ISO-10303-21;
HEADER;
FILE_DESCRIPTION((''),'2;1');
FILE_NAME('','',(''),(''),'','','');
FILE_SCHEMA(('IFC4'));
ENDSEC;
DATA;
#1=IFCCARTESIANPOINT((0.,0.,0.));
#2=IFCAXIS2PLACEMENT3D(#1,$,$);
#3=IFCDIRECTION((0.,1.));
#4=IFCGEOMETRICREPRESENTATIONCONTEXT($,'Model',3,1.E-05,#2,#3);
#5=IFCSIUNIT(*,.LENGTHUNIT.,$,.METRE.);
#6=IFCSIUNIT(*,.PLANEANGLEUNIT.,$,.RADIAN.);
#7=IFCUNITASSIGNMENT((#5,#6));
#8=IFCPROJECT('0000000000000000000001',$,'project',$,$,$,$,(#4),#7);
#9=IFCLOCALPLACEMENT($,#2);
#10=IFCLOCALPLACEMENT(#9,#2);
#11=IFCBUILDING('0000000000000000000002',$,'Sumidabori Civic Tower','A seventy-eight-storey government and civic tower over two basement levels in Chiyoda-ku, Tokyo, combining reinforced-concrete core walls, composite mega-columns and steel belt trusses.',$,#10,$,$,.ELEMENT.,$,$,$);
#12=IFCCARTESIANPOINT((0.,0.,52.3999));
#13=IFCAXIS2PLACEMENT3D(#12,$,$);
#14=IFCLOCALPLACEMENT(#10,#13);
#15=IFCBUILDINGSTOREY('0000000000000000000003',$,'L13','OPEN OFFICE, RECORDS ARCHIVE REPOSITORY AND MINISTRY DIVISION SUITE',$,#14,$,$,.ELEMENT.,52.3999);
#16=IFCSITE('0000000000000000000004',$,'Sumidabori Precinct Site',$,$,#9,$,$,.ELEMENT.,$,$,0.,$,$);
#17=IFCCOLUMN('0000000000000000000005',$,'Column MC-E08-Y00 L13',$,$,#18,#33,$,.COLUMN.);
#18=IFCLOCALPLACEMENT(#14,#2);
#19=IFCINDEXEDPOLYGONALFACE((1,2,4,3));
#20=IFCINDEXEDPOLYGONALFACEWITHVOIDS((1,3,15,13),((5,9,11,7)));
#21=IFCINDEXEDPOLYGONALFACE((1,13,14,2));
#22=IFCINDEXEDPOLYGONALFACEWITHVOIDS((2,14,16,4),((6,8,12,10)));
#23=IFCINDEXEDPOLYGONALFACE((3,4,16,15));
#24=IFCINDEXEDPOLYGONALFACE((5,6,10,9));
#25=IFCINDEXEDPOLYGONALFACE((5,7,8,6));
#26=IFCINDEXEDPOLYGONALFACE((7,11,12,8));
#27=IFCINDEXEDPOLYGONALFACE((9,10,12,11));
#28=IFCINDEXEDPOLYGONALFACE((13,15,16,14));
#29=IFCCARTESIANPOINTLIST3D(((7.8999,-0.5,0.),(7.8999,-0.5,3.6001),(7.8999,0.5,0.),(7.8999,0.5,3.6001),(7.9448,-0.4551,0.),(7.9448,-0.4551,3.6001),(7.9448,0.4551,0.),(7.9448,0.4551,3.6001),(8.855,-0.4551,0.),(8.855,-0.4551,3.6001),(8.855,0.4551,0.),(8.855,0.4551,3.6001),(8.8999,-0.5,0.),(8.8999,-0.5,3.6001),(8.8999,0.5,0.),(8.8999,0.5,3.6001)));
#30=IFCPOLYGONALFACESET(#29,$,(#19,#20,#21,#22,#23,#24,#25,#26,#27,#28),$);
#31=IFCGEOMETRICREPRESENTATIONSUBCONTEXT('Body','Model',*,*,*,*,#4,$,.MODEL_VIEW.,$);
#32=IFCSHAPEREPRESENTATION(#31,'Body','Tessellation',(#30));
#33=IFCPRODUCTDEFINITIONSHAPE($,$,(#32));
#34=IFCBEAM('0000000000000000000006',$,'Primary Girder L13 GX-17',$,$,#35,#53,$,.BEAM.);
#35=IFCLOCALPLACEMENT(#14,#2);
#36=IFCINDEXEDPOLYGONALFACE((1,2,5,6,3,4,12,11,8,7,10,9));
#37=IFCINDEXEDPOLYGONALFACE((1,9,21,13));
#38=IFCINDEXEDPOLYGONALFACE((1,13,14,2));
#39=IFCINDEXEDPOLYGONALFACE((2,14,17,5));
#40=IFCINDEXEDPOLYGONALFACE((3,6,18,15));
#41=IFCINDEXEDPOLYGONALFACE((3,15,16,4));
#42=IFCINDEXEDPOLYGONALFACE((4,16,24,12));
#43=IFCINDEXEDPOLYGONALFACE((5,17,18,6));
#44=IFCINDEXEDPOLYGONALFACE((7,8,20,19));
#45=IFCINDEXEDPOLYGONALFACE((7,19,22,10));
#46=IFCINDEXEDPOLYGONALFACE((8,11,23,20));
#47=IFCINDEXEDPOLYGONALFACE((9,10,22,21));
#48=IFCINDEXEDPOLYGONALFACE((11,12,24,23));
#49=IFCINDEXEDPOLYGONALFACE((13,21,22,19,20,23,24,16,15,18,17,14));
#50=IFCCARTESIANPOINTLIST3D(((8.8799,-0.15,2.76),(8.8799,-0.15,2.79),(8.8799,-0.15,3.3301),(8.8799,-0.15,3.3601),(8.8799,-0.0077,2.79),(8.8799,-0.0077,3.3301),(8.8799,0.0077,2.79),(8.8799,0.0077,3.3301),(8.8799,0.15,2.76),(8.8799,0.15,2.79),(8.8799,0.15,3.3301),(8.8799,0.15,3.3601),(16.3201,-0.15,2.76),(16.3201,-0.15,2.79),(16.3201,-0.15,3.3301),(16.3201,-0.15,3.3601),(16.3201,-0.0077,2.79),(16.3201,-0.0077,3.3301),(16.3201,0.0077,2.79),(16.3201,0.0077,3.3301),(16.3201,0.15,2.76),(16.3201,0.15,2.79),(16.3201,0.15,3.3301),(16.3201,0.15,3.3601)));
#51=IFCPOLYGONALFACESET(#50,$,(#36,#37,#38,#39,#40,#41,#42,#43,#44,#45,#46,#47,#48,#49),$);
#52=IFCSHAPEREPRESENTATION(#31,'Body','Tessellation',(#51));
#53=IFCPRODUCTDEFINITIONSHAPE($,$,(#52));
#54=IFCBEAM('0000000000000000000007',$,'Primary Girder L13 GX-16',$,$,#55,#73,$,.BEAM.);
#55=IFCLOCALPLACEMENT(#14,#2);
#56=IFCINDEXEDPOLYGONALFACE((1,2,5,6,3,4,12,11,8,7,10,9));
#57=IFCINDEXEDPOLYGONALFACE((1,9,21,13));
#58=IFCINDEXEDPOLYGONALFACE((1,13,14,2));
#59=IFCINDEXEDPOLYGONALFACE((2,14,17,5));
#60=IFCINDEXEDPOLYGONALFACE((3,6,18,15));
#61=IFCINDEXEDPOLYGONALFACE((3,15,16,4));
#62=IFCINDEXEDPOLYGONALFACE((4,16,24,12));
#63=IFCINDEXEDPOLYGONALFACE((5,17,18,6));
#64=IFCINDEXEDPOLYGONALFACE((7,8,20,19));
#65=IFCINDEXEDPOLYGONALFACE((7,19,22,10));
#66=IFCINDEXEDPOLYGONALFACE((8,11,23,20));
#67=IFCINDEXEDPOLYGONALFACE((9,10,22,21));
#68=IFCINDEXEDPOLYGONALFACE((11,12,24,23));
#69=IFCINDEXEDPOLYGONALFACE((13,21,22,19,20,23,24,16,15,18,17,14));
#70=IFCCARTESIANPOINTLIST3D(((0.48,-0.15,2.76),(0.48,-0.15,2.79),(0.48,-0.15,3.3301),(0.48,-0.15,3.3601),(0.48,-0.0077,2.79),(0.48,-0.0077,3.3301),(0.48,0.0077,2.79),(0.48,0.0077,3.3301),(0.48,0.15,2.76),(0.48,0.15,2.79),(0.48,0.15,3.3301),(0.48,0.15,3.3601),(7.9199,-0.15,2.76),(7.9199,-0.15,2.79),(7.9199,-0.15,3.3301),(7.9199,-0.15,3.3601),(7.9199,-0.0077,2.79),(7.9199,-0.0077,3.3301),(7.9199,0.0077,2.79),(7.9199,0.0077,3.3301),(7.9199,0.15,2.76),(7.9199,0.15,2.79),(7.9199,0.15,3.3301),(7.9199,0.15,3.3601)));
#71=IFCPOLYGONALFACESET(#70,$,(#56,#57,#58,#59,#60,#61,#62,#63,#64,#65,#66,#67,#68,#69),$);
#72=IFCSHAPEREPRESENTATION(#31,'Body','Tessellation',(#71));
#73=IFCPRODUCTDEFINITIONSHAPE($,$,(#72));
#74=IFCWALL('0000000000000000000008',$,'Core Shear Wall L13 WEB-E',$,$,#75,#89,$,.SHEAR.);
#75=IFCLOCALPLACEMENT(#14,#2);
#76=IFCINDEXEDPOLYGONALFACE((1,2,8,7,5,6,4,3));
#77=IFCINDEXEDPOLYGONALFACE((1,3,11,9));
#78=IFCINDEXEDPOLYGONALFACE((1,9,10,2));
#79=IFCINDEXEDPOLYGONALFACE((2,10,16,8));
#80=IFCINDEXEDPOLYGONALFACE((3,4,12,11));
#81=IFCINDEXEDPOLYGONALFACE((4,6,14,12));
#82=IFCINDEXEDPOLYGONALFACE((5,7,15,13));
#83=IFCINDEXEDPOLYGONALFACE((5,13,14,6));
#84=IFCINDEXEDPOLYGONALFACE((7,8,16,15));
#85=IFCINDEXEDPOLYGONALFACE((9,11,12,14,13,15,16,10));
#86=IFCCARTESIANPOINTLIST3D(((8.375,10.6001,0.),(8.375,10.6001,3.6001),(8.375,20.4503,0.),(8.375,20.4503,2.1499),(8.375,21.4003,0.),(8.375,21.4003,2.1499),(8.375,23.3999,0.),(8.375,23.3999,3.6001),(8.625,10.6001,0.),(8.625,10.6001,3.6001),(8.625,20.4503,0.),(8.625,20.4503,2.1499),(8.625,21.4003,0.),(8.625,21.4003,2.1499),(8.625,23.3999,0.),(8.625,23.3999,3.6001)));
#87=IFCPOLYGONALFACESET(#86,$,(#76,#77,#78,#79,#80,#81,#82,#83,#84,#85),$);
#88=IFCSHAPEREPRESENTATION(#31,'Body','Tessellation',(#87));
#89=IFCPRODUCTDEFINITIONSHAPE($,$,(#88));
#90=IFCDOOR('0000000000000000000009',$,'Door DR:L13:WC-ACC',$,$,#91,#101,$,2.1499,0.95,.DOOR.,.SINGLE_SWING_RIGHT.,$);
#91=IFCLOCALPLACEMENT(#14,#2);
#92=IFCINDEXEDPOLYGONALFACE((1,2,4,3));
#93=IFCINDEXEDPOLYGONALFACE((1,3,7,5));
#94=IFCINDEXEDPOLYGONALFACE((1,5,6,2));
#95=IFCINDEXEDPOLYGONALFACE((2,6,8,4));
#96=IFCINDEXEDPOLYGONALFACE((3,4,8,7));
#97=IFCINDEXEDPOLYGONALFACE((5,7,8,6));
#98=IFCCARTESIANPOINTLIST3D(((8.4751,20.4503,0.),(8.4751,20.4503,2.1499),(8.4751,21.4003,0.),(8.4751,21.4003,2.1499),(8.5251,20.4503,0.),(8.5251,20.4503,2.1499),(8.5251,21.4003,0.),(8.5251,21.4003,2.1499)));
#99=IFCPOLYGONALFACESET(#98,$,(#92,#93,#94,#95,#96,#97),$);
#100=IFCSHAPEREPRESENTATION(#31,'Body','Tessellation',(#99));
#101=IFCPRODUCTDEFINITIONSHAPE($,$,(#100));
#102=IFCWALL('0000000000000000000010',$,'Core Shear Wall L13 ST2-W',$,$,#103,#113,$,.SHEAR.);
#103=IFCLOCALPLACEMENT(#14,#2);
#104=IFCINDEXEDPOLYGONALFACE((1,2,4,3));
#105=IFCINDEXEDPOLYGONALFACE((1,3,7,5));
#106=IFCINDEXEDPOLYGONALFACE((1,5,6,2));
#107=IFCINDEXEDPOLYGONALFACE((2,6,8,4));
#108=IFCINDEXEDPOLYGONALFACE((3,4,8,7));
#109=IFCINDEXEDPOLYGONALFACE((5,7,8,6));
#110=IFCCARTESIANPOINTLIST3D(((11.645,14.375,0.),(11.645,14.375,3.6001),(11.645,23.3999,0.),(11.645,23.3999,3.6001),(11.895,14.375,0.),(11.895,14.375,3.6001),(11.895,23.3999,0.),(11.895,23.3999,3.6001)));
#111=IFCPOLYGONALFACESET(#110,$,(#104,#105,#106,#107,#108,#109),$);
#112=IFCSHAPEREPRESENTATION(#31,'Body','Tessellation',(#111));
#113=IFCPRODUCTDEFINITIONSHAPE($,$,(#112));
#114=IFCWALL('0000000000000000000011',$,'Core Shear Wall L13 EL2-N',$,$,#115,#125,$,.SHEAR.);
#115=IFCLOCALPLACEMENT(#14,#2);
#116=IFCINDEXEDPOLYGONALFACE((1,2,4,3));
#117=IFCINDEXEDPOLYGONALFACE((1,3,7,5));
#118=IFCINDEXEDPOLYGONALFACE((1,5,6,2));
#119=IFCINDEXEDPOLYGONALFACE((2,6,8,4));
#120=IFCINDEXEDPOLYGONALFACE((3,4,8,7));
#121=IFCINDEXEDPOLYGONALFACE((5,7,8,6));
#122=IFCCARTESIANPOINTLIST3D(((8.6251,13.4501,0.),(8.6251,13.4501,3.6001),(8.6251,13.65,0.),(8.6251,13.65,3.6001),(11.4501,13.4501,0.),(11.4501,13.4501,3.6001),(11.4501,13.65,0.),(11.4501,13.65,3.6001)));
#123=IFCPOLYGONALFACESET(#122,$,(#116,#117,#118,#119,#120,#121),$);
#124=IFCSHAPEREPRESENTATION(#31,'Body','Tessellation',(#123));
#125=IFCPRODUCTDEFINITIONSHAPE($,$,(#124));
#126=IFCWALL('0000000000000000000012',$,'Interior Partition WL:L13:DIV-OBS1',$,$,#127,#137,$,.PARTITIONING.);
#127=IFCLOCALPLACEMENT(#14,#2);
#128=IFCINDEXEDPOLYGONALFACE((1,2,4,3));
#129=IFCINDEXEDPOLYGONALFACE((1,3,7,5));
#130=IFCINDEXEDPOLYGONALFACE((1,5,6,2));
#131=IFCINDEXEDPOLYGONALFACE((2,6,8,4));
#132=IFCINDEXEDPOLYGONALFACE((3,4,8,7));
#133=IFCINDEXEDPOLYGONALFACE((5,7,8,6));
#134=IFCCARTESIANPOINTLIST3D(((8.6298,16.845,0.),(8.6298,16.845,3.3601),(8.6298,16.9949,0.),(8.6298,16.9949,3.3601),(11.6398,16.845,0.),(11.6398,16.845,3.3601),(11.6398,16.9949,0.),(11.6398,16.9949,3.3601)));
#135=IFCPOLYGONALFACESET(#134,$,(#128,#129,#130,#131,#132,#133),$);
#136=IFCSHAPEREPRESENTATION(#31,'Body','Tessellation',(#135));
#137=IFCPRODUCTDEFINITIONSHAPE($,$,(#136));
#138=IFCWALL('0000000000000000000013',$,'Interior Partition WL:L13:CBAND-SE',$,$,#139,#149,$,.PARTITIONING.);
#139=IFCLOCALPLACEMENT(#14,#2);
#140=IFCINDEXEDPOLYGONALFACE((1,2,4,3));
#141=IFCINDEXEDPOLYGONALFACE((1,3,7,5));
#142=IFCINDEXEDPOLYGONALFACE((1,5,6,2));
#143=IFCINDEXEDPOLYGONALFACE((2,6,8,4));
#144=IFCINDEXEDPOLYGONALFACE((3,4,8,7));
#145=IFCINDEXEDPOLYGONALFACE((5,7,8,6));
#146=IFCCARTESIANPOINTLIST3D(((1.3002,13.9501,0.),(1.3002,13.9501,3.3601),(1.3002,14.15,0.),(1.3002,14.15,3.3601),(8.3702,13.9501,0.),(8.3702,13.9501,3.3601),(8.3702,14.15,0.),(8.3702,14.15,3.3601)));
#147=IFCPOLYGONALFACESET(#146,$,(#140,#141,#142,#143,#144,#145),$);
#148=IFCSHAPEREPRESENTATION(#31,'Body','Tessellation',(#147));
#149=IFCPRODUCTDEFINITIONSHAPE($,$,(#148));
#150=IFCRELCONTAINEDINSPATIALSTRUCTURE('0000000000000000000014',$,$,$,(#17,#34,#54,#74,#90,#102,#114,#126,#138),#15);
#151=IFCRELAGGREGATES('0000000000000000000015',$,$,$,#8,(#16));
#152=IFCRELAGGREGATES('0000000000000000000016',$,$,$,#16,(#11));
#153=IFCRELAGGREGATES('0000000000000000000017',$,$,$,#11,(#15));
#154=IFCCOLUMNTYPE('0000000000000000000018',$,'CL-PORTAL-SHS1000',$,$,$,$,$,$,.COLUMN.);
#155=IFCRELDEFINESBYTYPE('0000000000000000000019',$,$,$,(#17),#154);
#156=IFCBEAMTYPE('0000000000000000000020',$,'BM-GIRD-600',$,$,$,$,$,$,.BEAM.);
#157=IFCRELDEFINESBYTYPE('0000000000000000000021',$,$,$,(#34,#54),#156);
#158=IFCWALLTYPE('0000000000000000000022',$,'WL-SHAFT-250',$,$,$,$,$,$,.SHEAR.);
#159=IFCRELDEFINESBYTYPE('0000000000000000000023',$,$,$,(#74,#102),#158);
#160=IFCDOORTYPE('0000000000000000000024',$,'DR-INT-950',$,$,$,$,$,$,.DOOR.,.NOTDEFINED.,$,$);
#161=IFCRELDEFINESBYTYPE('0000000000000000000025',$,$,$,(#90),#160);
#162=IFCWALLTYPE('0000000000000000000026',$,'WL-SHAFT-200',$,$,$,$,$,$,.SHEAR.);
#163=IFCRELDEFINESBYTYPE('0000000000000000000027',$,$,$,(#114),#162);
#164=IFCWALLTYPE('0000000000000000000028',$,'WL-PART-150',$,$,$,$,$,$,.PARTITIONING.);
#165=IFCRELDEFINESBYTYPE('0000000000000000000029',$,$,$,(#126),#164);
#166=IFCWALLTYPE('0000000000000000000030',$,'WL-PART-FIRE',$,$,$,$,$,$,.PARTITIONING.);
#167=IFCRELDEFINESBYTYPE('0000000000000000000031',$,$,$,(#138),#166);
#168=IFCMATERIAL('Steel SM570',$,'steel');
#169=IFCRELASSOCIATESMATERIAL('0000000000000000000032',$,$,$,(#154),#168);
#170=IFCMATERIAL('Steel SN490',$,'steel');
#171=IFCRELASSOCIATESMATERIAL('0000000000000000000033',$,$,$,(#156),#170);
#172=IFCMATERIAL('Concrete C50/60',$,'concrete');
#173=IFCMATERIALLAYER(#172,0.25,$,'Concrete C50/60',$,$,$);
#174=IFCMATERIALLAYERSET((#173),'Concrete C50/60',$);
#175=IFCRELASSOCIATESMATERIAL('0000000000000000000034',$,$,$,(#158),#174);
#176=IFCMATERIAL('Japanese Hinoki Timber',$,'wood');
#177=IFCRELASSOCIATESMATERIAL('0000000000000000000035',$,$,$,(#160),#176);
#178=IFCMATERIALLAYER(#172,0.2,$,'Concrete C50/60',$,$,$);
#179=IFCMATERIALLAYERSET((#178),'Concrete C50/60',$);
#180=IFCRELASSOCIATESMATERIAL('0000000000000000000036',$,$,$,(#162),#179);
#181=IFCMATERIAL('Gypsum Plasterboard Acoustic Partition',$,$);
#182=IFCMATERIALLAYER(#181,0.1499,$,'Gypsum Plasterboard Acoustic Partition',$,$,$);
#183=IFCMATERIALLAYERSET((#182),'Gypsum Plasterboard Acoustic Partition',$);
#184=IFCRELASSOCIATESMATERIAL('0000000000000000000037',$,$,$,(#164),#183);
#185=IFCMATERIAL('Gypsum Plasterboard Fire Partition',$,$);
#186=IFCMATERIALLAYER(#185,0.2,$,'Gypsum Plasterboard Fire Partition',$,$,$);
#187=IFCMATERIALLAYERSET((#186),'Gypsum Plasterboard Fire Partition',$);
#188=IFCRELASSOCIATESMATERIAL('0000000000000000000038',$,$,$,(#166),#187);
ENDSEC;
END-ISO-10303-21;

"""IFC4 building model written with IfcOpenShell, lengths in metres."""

from ifc_helpers import new_model, si_unit, direction, frame, frame_2d, origin, origin_2d, place, context, subcontext, project, spatial, rectangle, hollow_rectangle, i_section, extrude, source, transform, mapped, material, layer, layer_set, material_profile, profile_set, type_object, element, fill, save


model = new_model("IFC4")

# Units and contexts
model_context = context("Model", 3, precision=1e-05, world=origin(), true_north=direction((0.0, 1.0)))
body_context = subcontext(model_context, "Body", "Model", "MODEL_VIEW")
ifc_project = project(units=[si_unit("LENGTHUNIT", "METRE"), si_unit("PLANEANGLEUNIT", "RADIAN")], contexts=[model_context])

# Site, building, storey
site_placement = place(None, origin())
site = spatial("IfcSite", under=ifc_project, at=site_placement, Name="Sumidabori Precinct Site", CompositionType="ELEMENT", RefElevation=0.0)
building_placement = place(site_placement, origin())
building = spatial("IfcBuilding", under=site, at=building_placement, Name="Sumidabori Civic Tower", Description="A seventy-eight-storey government and civic tower over two basement levels in Chiyoda-ku, Tokyo, combining reinforced-concrete core walls, composite mega-columns and steel belt trusses.", CompositionType="ELEMENT")
storey_placement = place(building_placement, frame((0.0, 0.0, 52.3999)))
storey = spatial("IfcBuildingStorey", under=building, at=storey_placement, Name="L13", Description="OPEN OFFICE, RECORDS ARCHIVE REPOSITORY AND MINISTRY DIVISION SUITE", CompositionType="ELEMENT", Elevation=52.3999)

# Column
ifc_material_1 = material(Name="Steel SM570", Category="steel")
ifc_material_profile_1 = material_profile(ifc_material_1, hollow_rectangle(XDim=1.0, YDim=1.0, WallThickness=0.0449, at=origin_2d()), Name="SHS 1000x1000x45")
ifc_profile_set_1 = profile_set([ifc_material_profile_1], Name="Steel SM570")
column_type = type_object("IfcColumnType", Name="CL-PORTAL-SHS1000", PredefinedType="COLUMN", material=ifc_profile_set_1)
shared_shape_1 = source(origin(), body_context, "Body", "SweptSolid", [
    extrude(hollow_rectangle(XDim=1.0, YDim=1.0, WallThickness=0.0449, at=origin_2d()), origin(), (0.0, 0.0, 1.0), 3.6001),
])
column_placement = place(storey_placement, frame((8.3999, 0.0, 0.0), z_axis=(0.0, 0.0, 1.0), x_axis=(1.0, 0.0, 0.0)))
element("IfcColumn", 1, at=column_placement, inside=storey, type_object=column_type, Name="Column MC-E08-Y00 L13", PredefinedType="COLUMN", context=body_context, shape_type="MappedRepresentation", body=[
    mapped(shared_shape_1, transform((0.0, 0.0, 0.0), x_axis=(1.0, 0.0, 0.0), y_axis=(0.0, 1.0, 0.0), z_axis=(0.0, 0.0, 1.0), scale=1.0)),
])

# Beams
ifc_material_2 = material(Name="Steel SN490", Category="steel")
ifc_material_profile_2 = material_profile(ifc_material_2, i_section(OverallWidth=0.3, OverallDepth=0.6001, WebThickness=0.0154, FlangeThickness=0.03, at=origin_2d()), Name="HE 600 B")
ifc_profile_set_2 = profile_set([ifc_material_profile_2], Name="Steel SN490")
beam_type = type_object("IfcBeamType", Name="BM-GIRD-600", PredefinedType="BEAM", material=ifc_profile_set_2)
shared_shape_2 = source(origin(), body_context, "Body", "SweptSolid", [
    extrude(i_section(OverallWidth=0.3, OverallDepth=0.6001, WebThickness=0.0154, FlangeThickness=0.03, at=origin_2d()), origin(), (0.0, 0.0, 1.0), 7.4402),
])
beam_1_placement = place(storey_placement, frame((8.8799, 0.0, 3.0601), z_axis=(1.0, 0.0, 0.0), x_axis=(0.0, 1.0, 0.0)))
element("IfcBeam", 2, at=beam_1_placement, inside=storey, type_object=beam_type, Name="Primary Girder L13 GX-17", PredefinedType="BEAM", context=body_context, shape_type="MappedRepresentation", body=[
    mapped(shared_shape_2, transform((0.0, 0.0, 0.0), x_axis=(1.0, 0.0, 0.0), y_axis=(0.0, 1.0, 0.0), z_axis=(0.0, 0.0, 1.0), scale=1.0)),
])
shared_shape_3 = source(origin(), body_context, "Body", "SweptSolid", [
    extrude(i_section(OverallWidth=0.3, OverallDepth=0.6001, WebThickness=0.0154, FlangeThickness=0.03, at=origin_2d()), origin(), (0.0, 0.0, 1.0), 7.4399),
])
beam_2_placement = place(storey_placement, frame((0.48, 0.0, 3.0601), z_axis=(1.0, 0.0, 0.0), x_axis=(0.0, 1.0, 0.0)))
element("IfcBeam", 3, at=beam_2_placement, inside=storey, type_object=beam_type, Name="Primary Girder L13 GX-16", PredefinedType="BEAM", context=body_context, shape_type="MappedRepresentation", body=[
    mapped(shared_shape_3, transform((0.0, 0.0, 0.0), x_axis=(1.0, 0.0, 0.0), y_axis=(0.0, 1.0, 0.0), z_axis=(0.0, 0.0, 1.0), scale=1.0)),
])

# Wall, opening, door
ifc_material_3 = material(Name="Concrete C50/60", Category="concrete")
ifc_layer_1 = layer(ifc_material_3, 0.25, Name="Concrete C50/60")
ifc_layer_set_1 = layer_set([ifc_layer_1], Name="Concrete C50/60")
wall_type_1 = type_object("IfcWallType", Name="WL-SHAFT-250", PredefinedType="SHEAR", material=ifc_layer_set_1)
shared_shape_4 = source(origin(), body_context, "Body", "SweptSolid", [
    extrude(rectangle(XDim=12.7998, YDim=0.25, at=frame_2d((6.3999, 0.0))), origin(), (0.0, 0.0, 1.0), 3.6001),
])
wall_1_placement = place(storey_placement, frame((8.5, 10.6001, 0.0), z_axis=(0.0, 0.0, 1.0), x_axis=(0.0, 1.0, 0.0)))
wall_1 = element("IfcWall", 4, at=wall_1_placement, inside=storey, type_object=wall_type_1, Name="Core Shear Wall L13 WEB-E", PredefinedType="SHEAR", context=body_context, shape_type="MappedRepresentation", body=[
    mapped(shared_shape_4, transform((0.0, 0.0, 0.0), x_axis=(1.0, 0.0, 0.0), y_axis=(0.0, 1.0, 0.0), z_axis=(0.0, 0.0, 1.0), scale=1.0)),
])
opening_1_placement = place(wall_1_placement, frame((9.8501, 0.0, 0.0)))
opening_1 = element("IfcOpeningElement", 5, at=opening_1_placement, cuts=wall_1, PredefinedType="OPENING", context=body_context, shape_type="SweptSolid", body=[
    extrude(rectangle(XDim=0.95, YDim=2.1499, at=frame_2d((0.4751, 1.075))), frame((0.0, 0.137, 0.0), z_axis=(0.0, -1.0, 0.0), x_axis=(1.0, 0.0, 0.0)), (0.0, 0.0, 1.0), 0.2739),
])
ifc_material_4 = material(Name="Japanese Hinoki Timber", Category="wood")
door_type_1 = type_object("IfcDoorType", Name="DR-INT-950", OperationType="NOTDEFINED", PredefinedType="DOOR", material=ifc_material_4)
shared_shape_5 = source(origin(), body_context, "Body", "SweptSolid", [
    extrude(rectangle(XDim=0.95, YDim=2.1499, at=frame_2d((0.4751, 1.075))), frame((0.0, 0.0249, 0.0), z_axis=(0.0, -1.0, 0.0), x_axis=(1.0, 0.0, 0.0)), (0.0, 0.0, 1.0), 0.05),
])
door_1_placement = place(opening_1_placement, origin())
door_1 = element("IfcDoor", 6, at=door_1_placement, inside=storey, type_object=door_type_1, Name="Door DR:L13:WC-ACC", OperationType="SINGLE_SWING_RIGHT", OverallHeight=2.1499, OverallWidth=0.95, PredefinedType="DOOR", context=body_context, shape_type="MappedRepresentation", body=[
    mapped(shared_shape_5, transform((0.0, 0.0, 0.0), x_axis=(1.0, 0.0, 0.0), y_axis=(0.0, 1.0, 0.0), z_axis=(0.0, 0.0, 1.0), scale=1.0)),
])
fill(opening_1, door_1)

# Wall
shared_shape_6 = source(origin(), body_context, "Body", "SweptSolid", [
    extrude(rectangle(XDim=9.0249, YDim=0.25, at=frame_2d((4.5125, 0.0))), origin(), (0.0, 0.0, 1.0), 3.6001),
])
wall_2_placement = place(storey_placement, frame((11.77, 14.375, 0.0), z_axis=(0.0, 0.0, 1.0), x_axis=(0.0, 1.0, 0.0)))
element("IfcWall", 7, at=wall_2_placement, inside=storey, type_object=wall_type_1, Name="Core Shear Wall L13 ST2-W", PredefinedType="SHEAR", context=body_context, shape_type="MappedRepresentation", body=[
    mapped(shared_shape_6, transform((0.0, 0.0, 0.0), x_axis=(1.0, 0.0, 0.0), y_axis=(0.0, 1.0, 0.0), z_axis=(0.0, 0.0, 1.0), scale=1.0)),
])

# Shared definitions
ifc_layer_2 = layer(ifc_material_3, 0.2, Name="Concrete C50/60")
ifc_layer_set_2 = layer_set([ifc_layer_2], Name="Concrete C50/60")
wall_type_2 = type_object("IfcWallType", Name="WL-SHAFT-200", PredefinedType="SHEAR", material=ifc_layer_set_2)

# Walls
shared_shape_7 = source(origin(), body_context, "Body", "SweptSolid", [
    extrude(rectangle(XDim=2.825, YDim=0.2, at=frame_2d((1.4126, 0.0))), origin(), (0.0, 0.0, 1.0), 3.6001),
])
wall_3_placement = place(storey_placement, frame((8.625, 13.55, 0.0), z_axis=(0.0, 0.0, 1.0), x_axis=(1.0, 0.0, 0.0)))
element("IfcWall", 8, at=wall_3_placement, inside=storey, type_object=wall_type_2, Name="Core Shear Wall L13 EL2-N", PredefinedType="SHEAR", context=body_context, shape_type="MappedRepresentation", body=[
    mapped(shared_shape_7, transform((0.0, 0.0, 0.0), x_axis=(1.0, 0.0, 0.0), y_axis=(0.0, 1.0, 0.0), z_axis=(0.0, 0.0, 1.0), scale=1.0)),
])
ifc_material_5 = material(Name="Gypsum Plasterboard Acoustic Partition")
ifc_layer_3 = layer(ifc_material_5, 0.1499, Name="Gypsum Plasterboard Acoustic Partition")
ifc_layer_set_3 = layer_set([ifc_layer_3], Name="Gypsum Plasterboard Acoustic Partition")
wall_type_3 = type_object("IfcWallType", Name="WL-PART-150", PredefinedType="PARTITIONING", material=ifc_layer_set_3)
shared_shape_8 = source(origin(), body_context, "Body", "SweptSolid", [
    extrude(rectangle(XDim=3.01, YDim=0.1499, at=frame_2d((1.5049, 0.0))), origin(), (0.0, 0.0, 1.0), 3.3601),
])
wall_4_placement = place(storey_placement, frame((8.6299, 16.9199, 0.0), z_axis=(0.0, 0.0, 1.0), x_axis=(1.0, 0.0, 0.0)))
element("IfcWall", 9, at=wall_4_placement, inside=storey, type_object=wall_type_3, Name="Interior Partition WL:L13:DIV-OBS1", PredefinedType="PARTITIONING", context=body_context, shape_type="MappedRepresentation", body=[
    mapped(shared_shape_8, transform((0.0, 0.0, 0.0), x_axis=(1.0, 0.0, 0.0), y_axis=(0.0, 1.0, 0.0), z_axis=(0.0, 0.0, 1.0), scale=1.0)),
])
ifc_material_6 = material(Name="Gypsum Plasterboard Fire Partition")
ifc_layer_4 = layer(ifc_material_6, 0.2, Name="Gypsum Plasterboard Fire Partition")
ifc_layer_set_4 = layer_set([ifc_layer_4], Name="Gypsum Plasterboard Fire Partition")
wall_type_4 = type_object("IfcWallType", Name="WL-PART-FIRE", PredefinedType="PARTITIONING", material=ifc_layer_set_4)
shared_shape_9 = source(origin(), body_context, "Body", "SweptSolid", [
    extrude(rectangle(XDim=7.0701, YDim=0.2, at=frame_2d((3.5352, 0.0))), origin(), (0.0, 0.0, 1.0), 3.3601),
])
wall_5_placement = place(storey_placement, frame((1.3, 14.05, 0.0), z_axis=(0.0, 0.0, 1.0), x_axis=(1.0, 0.0, 0.0)))
element("IfcWall", 10, at=wall_5_placement, inside=storey, type_object=wall_type_4, Name="Interior Partition WL:L13:CBAND-SE", PredefinedType="PARTITIONING", context=body_context, shape_type="MappedRepresentation", body=[
    mapped(shared_shape_9, transform((0.0, 0.0, 0.0), x_axis=(1.0, 0.0, 0.0), y_axis=(0.0, 1.0, 0.0), z_axis=(0.0, 0.0, 1.0), scale=1.0)),
])

save(model, "model.ifc")
